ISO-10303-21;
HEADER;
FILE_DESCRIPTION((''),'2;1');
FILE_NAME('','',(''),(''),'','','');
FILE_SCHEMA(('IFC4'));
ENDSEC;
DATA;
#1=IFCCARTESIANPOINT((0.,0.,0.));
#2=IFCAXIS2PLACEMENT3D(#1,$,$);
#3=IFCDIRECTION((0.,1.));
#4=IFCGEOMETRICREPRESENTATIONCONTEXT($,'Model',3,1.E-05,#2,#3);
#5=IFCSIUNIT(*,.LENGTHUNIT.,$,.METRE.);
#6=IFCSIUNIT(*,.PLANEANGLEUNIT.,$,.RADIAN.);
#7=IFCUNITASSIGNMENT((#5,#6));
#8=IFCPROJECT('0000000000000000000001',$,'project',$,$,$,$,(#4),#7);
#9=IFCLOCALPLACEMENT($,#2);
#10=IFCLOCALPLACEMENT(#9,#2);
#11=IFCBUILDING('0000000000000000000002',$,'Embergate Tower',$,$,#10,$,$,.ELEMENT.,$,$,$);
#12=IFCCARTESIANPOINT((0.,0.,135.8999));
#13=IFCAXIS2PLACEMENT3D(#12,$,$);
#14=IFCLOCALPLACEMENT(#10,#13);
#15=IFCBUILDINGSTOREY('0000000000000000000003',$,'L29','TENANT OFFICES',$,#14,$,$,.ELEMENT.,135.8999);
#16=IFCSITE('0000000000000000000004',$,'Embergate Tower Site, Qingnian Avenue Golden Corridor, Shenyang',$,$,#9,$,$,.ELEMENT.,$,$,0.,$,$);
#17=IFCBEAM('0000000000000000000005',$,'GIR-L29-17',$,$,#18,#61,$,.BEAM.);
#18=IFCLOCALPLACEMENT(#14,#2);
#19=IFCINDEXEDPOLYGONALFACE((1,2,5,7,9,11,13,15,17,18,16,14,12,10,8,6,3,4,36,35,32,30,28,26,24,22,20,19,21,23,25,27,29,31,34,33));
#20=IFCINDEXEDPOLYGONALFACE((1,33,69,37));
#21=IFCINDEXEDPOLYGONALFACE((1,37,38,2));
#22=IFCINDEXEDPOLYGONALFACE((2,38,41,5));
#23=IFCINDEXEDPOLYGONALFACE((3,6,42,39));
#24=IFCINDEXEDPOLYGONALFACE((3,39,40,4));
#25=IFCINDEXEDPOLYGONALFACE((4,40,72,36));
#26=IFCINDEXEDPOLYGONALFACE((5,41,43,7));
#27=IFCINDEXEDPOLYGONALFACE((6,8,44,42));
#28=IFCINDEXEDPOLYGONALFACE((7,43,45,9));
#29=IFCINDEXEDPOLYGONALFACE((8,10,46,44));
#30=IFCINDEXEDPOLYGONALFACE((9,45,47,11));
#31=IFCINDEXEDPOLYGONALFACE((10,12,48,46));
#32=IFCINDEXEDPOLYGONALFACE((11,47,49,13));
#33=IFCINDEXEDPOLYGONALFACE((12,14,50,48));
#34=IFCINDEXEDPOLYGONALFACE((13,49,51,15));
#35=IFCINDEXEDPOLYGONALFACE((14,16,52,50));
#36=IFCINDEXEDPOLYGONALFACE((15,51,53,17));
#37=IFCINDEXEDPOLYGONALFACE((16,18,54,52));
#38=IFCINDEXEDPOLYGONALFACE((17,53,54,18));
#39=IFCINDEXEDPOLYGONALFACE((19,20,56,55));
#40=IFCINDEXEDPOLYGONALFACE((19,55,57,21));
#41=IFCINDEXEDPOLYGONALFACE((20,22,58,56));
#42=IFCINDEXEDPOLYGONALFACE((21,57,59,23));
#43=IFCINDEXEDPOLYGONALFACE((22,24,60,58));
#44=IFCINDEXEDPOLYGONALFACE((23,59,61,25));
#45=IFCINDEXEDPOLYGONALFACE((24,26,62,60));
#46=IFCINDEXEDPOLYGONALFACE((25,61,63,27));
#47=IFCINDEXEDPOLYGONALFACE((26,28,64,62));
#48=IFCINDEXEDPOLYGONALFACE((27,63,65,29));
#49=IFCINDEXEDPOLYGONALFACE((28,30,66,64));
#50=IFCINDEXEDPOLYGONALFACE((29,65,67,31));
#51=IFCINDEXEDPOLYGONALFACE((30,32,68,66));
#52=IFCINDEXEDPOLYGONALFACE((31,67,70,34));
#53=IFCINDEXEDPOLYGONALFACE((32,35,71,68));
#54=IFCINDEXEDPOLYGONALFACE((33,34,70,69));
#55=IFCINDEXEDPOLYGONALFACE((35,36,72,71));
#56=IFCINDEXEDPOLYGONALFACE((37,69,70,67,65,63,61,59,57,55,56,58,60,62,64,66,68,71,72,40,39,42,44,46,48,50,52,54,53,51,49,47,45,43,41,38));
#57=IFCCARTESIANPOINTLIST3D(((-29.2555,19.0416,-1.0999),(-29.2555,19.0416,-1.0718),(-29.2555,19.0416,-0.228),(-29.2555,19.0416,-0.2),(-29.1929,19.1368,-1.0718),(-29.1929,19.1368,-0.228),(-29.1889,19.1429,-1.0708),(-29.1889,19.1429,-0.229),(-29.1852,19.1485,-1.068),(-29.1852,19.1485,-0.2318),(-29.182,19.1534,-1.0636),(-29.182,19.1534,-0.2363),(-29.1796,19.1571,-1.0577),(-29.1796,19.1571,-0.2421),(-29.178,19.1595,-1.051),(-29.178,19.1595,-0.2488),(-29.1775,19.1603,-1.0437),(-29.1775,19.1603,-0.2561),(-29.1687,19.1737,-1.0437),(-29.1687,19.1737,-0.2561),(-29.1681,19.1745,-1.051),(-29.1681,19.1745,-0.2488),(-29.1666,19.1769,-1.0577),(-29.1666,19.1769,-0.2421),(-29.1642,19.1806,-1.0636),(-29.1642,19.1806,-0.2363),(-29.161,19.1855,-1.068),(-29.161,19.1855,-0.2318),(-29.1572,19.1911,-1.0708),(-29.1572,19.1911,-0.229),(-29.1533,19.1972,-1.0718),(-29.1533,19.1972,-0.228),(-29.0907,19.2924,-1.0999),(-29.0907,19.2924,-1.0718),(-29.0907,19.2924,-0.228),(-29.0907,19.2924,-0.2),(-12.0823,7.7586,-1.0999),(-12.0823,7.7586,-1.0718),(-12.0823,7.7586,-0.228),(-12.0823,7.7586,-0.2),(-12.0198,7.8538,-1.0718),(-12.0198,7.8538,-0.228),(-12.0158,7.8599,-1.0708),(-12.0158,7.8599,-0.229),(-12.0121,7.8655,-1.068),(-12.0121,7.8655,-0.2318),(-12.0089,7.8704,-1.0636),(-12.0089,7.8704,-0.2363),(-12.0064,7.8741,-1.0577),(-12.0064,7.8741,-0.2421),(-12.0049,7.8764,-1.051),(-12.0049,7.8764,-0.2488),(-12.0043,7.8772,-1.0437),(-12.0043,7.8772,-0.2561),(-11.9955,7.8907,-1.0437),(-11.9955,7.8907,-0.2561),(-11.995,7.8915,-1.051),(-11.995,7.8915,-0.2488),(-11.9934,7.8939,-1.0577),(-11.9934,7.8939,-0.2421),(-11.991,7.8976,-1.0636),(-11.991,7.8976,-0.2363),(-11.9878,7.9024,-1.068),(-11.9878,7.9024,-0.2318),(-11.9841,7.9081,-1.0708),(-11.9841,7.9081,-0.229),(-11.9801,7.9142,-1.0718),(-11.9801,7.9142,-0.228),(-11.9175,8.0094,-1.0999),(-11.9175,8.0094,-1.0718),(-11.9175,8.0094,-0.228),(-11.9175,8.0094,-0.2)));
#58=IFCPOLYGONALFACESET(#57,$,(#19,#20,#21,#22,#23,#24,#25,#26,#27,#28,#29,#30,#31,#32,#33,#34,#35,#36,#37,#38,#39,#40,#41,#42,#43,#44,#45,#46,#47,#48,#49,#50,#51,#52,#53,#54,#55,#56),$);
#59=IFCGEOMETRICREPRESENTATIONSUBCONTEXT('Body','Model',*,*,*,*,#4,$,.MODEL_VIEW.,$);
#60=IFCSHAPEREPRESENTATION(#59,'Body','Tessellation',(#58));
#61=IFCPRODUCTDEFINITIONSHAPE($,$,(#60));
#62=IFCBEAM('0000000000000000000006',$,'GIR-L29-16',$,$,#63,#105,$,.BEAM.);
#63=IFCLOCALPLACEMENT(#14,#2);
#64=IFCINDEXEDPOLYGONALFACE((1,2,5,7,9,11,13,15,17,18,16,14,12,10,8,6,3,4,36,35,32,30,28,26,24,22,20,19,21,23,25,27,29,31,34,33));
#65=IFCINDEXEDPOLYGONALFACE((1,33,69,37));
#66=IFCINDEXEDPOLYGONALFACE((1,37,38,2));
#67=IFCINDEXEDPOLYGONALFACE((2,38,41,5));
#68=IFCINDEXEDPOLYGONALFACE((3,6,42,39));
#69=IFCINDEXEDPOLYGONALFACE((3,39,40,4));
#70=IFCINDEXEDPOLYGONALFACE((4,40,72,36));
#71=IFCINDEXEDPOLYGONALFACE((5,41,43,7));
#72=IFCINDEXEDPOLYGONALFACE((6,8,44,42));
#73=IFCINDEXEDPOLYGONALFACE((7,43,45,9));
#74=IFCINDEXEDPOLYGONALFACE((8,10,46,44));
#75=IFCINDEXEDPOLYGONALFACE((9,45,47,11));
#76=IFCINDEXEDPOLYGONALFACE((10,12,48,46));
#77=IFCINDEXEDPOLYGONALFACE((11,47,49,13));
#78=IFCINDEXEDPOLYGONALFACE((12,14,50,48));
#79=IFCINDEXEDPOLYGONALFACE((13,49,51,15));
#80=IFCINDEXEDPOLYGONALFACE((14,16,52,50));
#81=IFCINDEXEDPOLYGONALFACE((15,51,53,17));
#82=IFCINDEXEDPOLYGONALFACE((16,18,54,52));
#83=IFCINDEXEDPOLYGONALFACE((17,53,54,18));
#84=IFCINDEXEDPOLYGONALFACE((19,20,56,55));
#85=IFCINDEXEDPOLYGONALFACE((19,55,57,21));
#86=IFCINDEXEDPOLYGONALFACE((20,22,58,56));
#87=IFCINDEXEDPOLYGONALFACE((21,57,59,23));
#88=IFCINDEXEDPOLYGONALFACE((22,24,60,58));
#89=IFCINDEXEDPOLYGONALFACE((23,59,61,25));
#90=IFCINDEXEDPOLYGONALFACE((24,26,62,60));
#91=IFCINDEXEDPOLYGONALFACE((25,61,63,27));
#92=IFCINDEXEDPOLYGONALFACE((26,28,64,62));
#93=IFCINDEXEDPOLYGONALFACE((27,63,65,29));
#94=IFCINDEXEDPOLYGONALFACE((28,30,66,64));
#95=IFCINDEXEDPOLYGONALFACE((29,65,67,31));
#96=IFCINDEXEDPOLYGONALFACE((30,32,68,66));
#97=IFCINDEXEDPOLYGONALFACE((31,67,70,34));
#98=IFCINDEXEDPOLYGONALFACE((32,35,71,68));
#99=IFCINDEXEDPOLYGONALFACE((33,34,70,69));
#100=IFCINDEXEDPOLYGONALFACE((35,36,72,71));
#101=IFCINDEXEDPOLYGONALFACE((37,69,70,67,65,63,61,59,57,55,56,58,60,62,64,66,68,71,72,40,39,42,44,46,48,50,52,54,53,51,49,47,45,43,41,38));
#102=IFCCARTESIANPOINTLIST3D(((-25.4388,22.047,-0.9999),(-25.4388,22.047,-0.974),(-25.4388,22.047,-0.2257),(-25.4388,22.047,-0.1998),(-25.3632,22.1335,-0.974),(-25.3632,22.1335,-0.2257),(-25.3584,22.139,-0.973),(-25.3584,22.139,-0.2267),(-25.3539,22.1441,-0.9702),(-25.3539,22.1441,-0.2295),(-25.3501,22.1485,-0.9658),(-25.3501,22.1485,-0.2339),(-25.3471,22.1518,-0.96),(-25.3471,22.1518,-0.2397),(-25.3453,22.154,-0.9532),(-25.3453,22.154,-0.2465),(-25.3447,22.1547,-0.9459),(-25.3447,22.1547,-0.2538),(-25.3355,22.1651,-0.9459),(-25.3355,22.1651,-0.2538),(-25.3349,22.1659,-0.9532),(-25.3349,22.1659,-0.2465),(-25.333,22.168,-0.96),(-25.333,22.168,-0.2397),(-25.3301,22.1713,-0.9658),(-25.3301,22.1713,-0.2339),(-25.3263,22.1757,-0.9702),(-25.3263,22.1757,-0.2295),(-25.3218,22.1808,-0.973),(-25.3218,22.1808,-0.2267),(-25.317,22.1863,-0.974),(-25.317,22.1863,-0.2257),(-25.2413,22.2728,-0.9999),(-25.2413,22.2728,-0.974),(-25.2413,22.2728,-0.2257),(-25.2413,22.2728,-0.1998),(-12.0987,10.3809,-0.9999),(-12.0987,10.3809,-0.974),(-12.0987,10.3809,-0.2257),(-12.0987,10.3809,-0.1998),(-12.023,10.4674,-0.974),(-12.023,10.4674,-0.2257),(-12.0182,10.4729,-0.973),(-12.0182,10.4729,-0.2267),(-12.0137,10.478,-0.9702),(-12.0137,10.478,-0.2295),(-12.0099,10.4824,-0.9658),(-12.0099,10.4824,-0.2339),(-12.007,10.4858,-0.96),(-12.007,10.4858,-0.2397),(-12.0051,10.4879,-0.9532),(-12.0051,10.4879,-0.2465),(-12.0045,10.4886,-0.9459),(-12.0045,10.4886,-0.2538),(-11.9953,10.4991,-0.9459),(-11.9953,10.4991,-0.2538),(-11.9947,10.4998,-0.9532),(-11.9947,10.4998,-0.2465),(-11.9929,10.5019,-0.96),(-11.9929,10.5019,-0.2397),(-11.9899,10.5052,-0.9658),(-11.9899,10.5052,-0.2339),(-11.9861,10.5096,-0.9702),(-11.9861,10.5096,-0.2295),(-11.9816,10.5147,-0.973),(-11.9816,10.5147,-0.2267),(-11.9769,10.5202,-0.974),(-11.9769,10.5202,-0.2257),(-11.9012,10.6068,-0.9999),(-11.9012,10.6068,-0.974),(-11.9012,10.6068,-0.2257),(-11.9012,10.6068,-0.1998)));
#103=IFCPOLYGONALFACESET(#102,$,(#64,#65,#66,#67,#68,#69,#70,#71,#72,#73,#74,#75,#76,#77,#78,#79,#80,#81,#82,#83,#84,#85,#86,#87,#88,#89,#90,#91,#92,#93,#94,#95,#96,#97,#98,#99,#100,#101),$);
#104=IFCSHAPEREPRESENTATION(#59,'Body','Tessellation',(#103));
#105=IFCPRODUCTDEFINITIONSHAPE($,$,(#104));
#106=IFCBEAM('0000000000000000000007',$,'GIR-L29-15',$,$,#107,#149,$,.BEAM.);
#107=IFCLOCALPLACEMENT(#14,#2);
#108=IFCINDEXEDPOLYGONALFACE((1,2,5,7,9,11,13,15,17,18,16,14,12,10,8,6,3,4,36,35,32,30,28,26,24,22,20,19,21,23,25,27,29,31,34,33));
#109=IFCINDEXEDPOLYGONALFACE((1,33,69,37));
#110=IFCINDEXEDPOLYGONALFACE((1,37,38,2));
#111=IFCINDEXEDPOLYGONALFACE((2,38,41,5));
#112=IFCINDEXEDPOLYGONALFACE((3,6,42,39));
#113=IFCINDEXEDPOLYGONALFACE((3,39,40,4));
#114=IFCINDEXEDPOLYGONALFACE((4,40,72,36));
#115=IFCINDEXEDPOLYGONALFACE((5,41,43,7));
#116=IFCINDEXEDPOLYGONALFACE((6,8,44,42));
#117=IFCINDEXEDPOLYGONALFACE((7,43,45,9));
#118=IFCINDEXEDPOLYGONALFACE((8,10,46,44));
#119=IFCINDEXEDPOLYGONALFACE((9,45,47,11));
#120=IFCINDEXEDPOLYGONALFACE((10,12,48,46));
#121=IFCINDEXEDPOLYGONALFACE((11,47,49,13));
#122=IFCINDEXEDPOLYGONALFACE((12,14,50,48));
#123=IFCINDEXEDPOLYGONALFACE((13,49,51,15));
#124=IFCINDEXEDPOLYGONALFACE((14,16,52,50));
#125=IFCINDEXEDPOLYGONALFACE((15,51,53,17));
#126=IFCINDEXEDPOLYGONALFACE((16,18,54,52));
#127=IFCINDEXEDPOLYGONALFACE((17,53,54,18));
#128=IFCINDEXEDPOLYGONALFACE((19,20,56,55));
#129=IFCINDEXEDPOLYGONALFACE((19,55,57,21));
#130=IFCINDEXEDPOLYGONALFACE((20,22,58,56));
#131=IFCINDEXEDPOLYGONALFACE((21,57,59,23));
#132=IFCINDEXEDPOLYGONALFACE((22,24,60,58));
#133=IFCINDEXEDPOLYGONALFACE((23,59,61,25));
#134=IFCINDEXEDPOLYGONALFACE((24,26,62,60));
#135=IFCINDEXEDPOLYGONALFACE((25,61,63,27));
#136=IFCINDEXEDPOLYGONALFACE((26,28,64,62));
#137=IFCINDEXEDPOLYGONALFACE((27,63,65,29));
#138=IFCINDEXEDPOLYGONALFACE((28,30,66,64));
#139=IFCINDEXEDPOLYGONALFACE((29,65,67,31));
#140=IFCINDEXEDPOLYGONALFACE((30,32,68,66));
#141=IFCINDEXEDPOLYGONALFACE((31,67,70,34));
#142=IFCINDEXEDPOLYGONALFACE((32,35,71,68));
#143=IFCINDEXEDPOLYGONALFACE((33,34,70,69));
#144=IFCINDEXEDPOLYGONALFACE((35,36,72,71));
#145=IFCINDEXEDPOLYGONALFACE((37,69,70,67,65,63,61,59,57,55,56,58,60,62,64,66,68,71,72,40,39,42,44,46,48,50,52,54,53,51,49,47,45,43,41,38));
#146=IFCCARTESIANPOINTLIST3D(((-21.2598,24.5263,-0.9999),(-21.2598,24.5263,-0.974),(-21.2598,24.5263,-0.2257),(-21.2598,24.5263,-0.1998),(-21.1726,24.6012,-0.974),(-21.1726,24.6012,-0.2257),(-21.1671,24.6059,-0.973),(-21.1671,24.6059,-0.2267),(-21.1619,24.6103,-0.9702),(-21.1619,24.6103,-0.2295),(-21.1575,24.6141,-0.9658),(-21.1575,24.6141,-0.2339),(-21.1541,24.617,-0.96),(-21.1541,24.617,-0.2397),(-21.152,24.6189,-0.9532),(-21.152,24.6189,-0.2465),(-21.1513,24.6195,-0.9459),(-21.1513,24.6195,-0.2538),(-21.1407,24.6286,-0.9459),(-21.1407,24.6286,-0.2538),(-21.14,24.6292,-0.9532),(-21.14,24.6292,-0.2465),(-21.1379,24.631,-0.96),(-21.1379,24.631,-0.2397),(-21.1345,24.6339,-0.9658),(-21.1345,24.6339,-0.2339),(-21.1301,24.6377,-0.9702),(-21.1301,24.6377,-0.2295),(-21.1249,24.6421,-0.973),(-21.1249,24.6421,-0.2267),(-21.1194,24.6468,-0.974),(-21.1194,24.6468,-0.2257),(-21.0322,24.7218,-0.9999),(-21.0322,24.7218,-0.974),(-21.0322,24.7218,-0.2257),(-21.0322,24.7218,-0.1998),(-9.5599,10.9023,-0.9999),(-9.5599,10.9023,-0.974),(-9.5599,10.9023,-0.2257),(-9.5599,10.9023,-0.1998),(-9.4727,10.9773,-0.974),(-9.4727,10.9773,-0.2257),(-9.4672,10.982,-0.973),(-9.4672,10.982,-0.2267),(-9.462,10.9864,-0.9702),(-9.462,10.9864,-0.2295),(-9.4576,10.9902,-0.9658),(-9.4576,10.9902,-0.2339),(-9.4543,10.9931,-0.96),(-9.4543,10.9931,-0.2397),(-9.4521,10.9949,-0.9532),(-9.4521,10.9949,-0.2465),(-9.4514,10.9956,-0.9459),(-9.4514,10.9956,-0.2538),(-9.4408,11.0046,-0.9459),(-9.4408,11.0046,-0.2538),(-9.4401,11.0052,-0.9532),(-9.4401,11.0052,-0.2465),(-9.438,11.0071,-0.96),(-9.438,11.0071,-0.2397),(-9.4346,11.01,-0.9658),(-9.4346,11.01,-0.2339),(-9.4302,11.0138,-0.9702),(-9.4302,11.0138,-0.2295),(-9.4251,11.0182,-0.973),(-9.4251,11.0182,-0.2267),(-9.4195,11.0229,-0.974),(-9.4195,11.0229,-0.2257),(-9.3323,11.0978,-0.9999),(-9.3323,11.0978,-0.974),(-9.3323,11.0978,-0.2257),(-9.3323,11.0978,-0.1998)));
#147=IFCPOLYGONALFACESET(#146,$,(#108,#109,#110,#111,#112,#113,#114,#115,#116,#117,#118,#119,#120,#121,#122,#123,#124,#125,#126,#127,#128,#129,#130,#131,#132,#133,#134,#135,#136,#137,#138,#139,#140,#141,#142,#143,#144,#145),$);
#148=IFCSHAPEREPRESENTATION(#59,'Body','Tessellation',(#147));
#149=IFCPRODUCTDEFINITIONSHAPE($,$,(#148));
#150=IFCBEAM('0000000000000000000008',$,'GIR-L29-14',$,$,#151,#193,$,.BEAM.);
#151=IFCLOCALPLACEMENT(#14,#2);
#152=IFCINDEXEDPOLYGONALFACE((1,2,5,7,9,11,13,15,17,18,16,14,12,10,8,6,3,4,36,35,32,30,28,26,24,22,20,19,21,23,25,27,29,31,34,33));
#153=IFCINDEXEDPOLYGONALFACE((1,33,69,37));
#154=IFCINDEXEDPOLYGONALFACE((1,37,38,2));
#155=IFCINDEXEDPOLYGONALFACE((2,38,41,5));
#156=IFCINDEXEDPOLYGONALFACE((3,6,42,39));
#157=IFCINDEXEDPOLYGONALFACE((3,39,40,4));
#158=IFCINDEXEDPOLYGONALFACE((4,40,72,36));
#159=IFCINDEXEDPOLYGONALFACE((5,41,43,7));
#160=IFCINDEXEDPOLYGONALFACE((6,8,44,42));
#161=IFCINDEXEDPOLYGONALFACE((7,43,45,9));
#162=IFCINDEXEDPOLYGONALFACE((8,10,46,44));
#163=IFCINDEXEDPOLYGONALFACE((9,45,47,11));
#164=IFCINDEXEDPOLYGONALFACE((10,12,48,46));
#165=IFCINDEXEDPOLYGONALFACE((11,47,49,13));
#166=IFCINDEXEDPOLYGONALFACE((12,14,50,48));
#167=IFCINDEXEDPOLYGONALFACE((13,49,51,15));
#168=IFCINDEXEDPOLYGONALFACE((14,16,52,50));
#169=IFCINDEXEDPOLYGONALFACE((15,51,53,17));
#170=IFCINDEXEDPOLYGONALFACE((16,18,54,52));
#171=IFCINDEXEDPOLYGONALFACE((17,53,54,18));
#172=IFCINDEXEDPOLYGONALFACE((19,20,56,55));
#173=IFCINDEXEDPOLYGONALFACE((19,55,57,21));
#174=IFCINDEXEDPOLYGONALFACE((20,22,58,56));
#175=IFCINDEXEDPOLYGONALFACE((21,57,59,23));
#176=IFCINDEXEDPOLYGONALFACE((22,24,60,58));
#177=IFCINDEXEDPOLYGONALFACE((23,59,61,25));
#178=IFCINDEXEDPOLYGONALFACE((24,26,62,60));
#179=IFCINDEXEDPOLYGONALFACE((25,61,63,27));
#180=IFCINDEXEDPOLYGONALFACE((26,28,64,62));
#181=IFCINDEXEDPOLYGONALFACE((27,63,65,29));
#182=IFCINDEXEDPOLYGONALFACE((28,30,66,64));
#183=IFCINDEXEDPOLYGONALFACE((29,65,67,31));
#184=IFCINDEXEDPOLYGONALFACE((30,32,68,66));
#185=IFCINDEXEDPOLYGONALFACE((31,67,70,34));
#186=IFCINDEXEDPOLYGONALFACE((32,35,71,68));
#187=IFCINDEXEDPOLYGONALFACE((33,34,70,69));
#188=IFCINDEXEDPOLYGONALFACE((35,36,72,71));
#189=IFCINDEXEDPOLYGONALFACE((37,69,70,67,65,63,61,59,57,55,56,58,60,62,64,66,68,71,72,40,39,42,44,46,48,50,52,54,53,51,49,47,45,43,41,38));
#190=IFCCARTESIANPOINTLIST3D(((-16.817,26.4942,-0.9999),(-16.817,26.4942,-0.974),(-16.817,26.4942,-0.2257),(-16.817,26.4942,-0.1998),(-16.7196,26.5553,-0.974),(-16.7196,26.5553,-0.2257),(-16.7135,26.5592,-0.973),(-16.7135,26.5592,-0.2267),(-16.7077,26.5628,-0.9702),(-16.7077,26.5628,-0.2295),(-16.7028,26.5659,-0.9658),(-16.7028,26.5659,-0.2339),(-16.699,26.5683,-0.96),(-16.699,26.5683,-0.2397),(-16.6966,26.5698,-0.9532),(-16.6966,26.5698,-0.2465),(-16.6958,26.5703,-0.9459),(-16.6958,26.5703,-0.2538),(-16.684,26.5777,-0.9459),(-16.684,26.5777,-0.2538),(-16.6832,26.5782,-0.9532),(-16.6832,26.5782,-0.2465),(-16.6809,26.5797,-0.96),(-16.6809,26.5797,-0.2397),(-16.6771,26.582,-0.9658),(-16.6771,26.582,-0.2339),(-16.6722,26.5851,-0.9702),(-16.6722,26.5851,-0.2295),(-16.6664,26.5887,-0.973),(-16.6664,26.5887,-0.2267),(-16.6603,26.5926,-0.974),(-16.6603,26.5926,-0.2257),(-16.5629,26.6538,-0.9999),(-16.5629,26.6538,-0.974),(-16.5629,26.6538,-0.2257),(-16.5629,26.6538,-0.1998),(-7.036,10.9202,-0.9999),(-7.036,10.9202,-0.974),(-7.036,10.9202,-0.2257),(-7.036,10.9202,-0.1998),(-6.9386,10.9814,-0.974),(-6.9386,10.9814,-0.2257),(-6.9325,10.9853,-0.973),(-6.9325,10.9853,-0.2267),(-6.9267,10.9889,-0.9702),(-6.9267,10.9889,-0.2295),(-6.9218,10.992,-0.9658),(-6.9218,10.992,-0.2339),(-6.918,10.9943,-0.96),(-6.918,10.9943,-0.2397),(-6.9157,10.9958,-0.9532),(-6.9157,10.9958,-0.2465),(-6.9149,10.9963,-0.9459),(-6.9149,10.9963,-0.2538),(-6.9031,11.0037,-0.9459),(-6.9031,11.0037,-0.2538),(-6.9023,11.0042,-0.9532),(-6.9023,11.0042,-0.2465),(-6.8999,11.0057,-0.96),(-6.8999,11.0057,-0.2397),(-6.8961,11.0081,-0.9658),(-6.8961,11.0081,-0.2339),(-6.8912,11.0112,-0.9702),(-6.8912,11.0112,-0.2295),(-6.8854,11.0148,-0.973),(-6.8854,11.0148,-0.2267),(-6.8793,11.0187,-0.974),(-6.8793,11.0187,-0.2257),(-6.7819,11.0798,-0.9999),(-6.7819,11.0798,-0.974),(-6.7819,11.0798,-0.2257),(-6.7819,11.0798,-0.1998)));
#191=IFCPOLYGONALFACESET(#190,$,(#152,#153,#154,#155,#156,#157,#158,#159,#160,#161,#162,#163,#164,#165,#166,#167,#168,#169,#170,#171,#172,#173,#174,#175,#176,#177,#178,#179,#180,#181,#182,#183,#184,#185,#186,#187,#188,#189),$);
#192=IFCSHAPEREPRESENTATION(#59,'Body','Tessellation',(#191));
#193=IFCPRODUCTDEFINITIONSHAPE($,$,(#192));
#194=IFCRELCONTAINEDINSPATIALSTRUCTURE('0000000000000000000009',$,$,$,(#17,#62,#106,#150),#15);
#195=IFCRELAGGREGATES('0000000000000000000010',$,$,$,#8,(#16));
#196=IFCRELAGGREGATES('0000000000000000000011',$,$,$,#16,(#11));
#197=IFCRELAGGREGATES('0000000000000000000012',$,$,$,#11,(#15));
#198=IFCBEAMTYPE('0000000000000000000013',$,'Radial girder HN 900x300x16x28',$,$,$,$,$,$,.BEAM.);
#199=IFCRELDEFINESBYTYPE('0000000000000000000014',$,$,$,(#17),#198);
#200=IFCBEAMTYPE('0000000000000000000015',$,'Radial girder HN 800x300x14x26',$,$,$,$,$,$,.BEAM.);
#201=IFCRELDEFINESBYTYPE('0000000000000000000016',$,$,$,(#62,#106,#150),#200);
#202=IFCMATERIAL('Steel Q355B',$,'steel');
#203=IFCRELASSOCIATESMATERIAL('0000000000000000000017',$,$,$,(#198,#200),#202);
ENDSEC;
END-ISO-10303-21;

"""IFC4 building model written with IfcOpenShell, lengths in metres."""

from ifc_helpers import new_model, si_unit, direction, frame, origin, origin_2d, place, context, subcontext, project, spatial, i_section, extrude, source, transform, mapped, material, material_profile, profile_set, type_object, element, save


model = new_model("IFC4")

# Units and contexts
model_context = context("Model", 3, precision=1e-05, world=origin(), true_north=direction((0.0, 1.0)))
body_context = subcontext(model_context, "Body", "Model", "MODEL_VIEW")
ifc_project = project(units=[si_unit("LENGTHUNIT", "METRE"), si_unit("PLANEANGLEUNIT", "RADIAN")], contexts=[model_context])

# Site, building, storey
site_placement = place(None, origin())
site = spatial("IfcSite", under=ifc_project, at=site_placement, Name="Embergate Tower Site, Qingnian Avenue Golden Corridor, Shenyang", CompositionType="ELEMENT", RefElevation=0.0)
building_placement = place(site_placement, origin())
building = spatial("IfcBuilding", under=site, at=building_placement, Name="Embergate Tower", CompositionType="ELEMENT")
storey_placement = place(building_placement, frame((0.0, 0.0, 135.8999)))
storey = spatial("IfcBuildingStorey", under=building, at=storey_placement, Name="L29", Description="TENANT OFFICES", CompositionType="ELEMENT", Elevation=135.8999)

# Beams
ifc_material_1 = material(Name="Steel Q355B", Category="steel")
ifc_material_profile_1 = material_profile(ifc_material_1, i_section(OverallWidth=0.3, OverallDepth=0.8999, WebThickness=0.0161, FlangeThickness=0.0281, FilletRadius=0.0281, at=origin_2d()), Name="HN 900x300x16x28")
ifc_profile_set_1 = profile_set([ifc_material_profile_1], Name="Steel Q355 grade B")
beam_type_1 = type_object("IfcBeamType", Name="Radial girder HN 900x300x16x28", PredefinedType="BEAM", material=ifc_profile_set_1)
shared_shape_1 = source(origin(), body_context, "Body", "SweptSolid", [
    extrude(i_section(OverallWidth=0.3, OverallDepth=0.8999, WebThickness=0.0161, FlangeThickness=0.0281, FilletRadius=0.0281, at=origin_2d()), origin(), (0.0, 0.0, 1.0), 20.5481),
])
beam_1_placement = place(storey_placement, frame((-29.1731, 19.167, -0.6499), z_axis=(0.835755, -0.549102, 0.0), x_axis=(0.549102, 0.835755, 0.0)))
element("IfcBeam", 1, at=beam_1_placement, inside=storey, type_object=beam_type_1, Name="GIR-L29-17", PredefinedType="BEAM", context=body_context, shape_type="MappedRepresentation", body=[
    mapped(shared_shape_1, transform((0.0, 0.0, 0.0))),
])
ifc_material_profile_2 = material_profile(ifc_material_1, i_section(OverallWidth=0.3, OverallDepth=0.8, WebThickness=0.0139, FlangeThickness=0.0259, FilletRadius=0.0281, at=origin_2d()), Name="HN 800x300x14x26")
ifc_profile_set_2 = profile_set([ifc_material_profile_2], Name="Steel Q355 grade B")
beam_type_2 = type_object("IfcBeamType", Name="Radial girder HN 800x300x14x26", PredefinedType="BEAM", material=ifc_profile_set_2)
shared_shape_2 = source(origin(), body_context, "Body", "SweptSolid", [
    extrude(i_section(OverallWidth=0.3, OverallDepth=0.8, WebThickness=0.0139, FlangeThickness=0.0259, FilletRadius=0.0281, at=origin_2d()), origin(), (0.0, 0.0, 1.0), 17.7217),
])
beam_2_placement = place(storey_placement, frame((-25.3401, 22.1599, -0.5999), z_axis=(0.75276, -0.658295, 0.0), x_axis=(0.658295, 0.75276, 0.0)))
element("IfcBeam", 2, at=beam_2_placement, inside=storey, type_object=beam_type_2, Name="GIR-L29-16", PredefinedType="BEAM", context=body_context, shape_type="MappedRepresentation", body=[
    mapped(shared_shape_2, transform((0.0, 0.0, 0.0))),
])
shared_shape_3 = source(origin(), body_context, "Body", "SweptSolid", [
    extrude(i_section(OverallWidth=0.3, OverallDepth=0.8, WebThickness=0.0139, FlangeThickness=0.0259, FilletRadius=0.0281, at=origin_2d()), origin(), (0.0, 0.0, 1.0), 17.9583),
])
beam_3_placement = place(storey_placement, frame((-21.146, 24.624, -0.5999), z_axis=(0.651504, -0.758645, 0.0), x_axis=(0.758645, 0.651504, 0.0)))
element("IfcBeam", 3, at=beam_3_placement, inside=storey, type_object=beam_type_2, Name="GIR-L29-15", PredefinedType="BEAM", context=body_context, shape_type="MappedRepresentation", body=[
    mapped(shared_shape_3, transform((0.0, 0.0, 0.0))),
])
shared_shape_4 = source(origin(), body_context, "Body", "SweptSolid", [
    extrude(i_section(OverallWidth=0.3, OverallDepth=0.8, WebThickness=0.0139, FlangeThickness=0.0259, FilletRadius=0.0281, at=origin_2d()), origin(), (0.0, 0.0, 1.0), 18.3906),
])
beam_4_placement = place(storey_placement, frame((-16.6899, 26.574, -0.5999), z_axis=(0.531846, -0.846841, 0.0), x_axis=(0.846841, 0.531846, 0.0)))
element("IfcBeam", 4, at=beam_4_placement, inside=storey, type_object=beam_type_2, Name="GIR-L29-14", PredefinedType="BEAM", context=body_context, shape_type="MappedRepresentation", body=[
    mapped(shared_shape_4, transform((0.0, 0.0, 0.0))),
])

save(model, "model.ifc")
